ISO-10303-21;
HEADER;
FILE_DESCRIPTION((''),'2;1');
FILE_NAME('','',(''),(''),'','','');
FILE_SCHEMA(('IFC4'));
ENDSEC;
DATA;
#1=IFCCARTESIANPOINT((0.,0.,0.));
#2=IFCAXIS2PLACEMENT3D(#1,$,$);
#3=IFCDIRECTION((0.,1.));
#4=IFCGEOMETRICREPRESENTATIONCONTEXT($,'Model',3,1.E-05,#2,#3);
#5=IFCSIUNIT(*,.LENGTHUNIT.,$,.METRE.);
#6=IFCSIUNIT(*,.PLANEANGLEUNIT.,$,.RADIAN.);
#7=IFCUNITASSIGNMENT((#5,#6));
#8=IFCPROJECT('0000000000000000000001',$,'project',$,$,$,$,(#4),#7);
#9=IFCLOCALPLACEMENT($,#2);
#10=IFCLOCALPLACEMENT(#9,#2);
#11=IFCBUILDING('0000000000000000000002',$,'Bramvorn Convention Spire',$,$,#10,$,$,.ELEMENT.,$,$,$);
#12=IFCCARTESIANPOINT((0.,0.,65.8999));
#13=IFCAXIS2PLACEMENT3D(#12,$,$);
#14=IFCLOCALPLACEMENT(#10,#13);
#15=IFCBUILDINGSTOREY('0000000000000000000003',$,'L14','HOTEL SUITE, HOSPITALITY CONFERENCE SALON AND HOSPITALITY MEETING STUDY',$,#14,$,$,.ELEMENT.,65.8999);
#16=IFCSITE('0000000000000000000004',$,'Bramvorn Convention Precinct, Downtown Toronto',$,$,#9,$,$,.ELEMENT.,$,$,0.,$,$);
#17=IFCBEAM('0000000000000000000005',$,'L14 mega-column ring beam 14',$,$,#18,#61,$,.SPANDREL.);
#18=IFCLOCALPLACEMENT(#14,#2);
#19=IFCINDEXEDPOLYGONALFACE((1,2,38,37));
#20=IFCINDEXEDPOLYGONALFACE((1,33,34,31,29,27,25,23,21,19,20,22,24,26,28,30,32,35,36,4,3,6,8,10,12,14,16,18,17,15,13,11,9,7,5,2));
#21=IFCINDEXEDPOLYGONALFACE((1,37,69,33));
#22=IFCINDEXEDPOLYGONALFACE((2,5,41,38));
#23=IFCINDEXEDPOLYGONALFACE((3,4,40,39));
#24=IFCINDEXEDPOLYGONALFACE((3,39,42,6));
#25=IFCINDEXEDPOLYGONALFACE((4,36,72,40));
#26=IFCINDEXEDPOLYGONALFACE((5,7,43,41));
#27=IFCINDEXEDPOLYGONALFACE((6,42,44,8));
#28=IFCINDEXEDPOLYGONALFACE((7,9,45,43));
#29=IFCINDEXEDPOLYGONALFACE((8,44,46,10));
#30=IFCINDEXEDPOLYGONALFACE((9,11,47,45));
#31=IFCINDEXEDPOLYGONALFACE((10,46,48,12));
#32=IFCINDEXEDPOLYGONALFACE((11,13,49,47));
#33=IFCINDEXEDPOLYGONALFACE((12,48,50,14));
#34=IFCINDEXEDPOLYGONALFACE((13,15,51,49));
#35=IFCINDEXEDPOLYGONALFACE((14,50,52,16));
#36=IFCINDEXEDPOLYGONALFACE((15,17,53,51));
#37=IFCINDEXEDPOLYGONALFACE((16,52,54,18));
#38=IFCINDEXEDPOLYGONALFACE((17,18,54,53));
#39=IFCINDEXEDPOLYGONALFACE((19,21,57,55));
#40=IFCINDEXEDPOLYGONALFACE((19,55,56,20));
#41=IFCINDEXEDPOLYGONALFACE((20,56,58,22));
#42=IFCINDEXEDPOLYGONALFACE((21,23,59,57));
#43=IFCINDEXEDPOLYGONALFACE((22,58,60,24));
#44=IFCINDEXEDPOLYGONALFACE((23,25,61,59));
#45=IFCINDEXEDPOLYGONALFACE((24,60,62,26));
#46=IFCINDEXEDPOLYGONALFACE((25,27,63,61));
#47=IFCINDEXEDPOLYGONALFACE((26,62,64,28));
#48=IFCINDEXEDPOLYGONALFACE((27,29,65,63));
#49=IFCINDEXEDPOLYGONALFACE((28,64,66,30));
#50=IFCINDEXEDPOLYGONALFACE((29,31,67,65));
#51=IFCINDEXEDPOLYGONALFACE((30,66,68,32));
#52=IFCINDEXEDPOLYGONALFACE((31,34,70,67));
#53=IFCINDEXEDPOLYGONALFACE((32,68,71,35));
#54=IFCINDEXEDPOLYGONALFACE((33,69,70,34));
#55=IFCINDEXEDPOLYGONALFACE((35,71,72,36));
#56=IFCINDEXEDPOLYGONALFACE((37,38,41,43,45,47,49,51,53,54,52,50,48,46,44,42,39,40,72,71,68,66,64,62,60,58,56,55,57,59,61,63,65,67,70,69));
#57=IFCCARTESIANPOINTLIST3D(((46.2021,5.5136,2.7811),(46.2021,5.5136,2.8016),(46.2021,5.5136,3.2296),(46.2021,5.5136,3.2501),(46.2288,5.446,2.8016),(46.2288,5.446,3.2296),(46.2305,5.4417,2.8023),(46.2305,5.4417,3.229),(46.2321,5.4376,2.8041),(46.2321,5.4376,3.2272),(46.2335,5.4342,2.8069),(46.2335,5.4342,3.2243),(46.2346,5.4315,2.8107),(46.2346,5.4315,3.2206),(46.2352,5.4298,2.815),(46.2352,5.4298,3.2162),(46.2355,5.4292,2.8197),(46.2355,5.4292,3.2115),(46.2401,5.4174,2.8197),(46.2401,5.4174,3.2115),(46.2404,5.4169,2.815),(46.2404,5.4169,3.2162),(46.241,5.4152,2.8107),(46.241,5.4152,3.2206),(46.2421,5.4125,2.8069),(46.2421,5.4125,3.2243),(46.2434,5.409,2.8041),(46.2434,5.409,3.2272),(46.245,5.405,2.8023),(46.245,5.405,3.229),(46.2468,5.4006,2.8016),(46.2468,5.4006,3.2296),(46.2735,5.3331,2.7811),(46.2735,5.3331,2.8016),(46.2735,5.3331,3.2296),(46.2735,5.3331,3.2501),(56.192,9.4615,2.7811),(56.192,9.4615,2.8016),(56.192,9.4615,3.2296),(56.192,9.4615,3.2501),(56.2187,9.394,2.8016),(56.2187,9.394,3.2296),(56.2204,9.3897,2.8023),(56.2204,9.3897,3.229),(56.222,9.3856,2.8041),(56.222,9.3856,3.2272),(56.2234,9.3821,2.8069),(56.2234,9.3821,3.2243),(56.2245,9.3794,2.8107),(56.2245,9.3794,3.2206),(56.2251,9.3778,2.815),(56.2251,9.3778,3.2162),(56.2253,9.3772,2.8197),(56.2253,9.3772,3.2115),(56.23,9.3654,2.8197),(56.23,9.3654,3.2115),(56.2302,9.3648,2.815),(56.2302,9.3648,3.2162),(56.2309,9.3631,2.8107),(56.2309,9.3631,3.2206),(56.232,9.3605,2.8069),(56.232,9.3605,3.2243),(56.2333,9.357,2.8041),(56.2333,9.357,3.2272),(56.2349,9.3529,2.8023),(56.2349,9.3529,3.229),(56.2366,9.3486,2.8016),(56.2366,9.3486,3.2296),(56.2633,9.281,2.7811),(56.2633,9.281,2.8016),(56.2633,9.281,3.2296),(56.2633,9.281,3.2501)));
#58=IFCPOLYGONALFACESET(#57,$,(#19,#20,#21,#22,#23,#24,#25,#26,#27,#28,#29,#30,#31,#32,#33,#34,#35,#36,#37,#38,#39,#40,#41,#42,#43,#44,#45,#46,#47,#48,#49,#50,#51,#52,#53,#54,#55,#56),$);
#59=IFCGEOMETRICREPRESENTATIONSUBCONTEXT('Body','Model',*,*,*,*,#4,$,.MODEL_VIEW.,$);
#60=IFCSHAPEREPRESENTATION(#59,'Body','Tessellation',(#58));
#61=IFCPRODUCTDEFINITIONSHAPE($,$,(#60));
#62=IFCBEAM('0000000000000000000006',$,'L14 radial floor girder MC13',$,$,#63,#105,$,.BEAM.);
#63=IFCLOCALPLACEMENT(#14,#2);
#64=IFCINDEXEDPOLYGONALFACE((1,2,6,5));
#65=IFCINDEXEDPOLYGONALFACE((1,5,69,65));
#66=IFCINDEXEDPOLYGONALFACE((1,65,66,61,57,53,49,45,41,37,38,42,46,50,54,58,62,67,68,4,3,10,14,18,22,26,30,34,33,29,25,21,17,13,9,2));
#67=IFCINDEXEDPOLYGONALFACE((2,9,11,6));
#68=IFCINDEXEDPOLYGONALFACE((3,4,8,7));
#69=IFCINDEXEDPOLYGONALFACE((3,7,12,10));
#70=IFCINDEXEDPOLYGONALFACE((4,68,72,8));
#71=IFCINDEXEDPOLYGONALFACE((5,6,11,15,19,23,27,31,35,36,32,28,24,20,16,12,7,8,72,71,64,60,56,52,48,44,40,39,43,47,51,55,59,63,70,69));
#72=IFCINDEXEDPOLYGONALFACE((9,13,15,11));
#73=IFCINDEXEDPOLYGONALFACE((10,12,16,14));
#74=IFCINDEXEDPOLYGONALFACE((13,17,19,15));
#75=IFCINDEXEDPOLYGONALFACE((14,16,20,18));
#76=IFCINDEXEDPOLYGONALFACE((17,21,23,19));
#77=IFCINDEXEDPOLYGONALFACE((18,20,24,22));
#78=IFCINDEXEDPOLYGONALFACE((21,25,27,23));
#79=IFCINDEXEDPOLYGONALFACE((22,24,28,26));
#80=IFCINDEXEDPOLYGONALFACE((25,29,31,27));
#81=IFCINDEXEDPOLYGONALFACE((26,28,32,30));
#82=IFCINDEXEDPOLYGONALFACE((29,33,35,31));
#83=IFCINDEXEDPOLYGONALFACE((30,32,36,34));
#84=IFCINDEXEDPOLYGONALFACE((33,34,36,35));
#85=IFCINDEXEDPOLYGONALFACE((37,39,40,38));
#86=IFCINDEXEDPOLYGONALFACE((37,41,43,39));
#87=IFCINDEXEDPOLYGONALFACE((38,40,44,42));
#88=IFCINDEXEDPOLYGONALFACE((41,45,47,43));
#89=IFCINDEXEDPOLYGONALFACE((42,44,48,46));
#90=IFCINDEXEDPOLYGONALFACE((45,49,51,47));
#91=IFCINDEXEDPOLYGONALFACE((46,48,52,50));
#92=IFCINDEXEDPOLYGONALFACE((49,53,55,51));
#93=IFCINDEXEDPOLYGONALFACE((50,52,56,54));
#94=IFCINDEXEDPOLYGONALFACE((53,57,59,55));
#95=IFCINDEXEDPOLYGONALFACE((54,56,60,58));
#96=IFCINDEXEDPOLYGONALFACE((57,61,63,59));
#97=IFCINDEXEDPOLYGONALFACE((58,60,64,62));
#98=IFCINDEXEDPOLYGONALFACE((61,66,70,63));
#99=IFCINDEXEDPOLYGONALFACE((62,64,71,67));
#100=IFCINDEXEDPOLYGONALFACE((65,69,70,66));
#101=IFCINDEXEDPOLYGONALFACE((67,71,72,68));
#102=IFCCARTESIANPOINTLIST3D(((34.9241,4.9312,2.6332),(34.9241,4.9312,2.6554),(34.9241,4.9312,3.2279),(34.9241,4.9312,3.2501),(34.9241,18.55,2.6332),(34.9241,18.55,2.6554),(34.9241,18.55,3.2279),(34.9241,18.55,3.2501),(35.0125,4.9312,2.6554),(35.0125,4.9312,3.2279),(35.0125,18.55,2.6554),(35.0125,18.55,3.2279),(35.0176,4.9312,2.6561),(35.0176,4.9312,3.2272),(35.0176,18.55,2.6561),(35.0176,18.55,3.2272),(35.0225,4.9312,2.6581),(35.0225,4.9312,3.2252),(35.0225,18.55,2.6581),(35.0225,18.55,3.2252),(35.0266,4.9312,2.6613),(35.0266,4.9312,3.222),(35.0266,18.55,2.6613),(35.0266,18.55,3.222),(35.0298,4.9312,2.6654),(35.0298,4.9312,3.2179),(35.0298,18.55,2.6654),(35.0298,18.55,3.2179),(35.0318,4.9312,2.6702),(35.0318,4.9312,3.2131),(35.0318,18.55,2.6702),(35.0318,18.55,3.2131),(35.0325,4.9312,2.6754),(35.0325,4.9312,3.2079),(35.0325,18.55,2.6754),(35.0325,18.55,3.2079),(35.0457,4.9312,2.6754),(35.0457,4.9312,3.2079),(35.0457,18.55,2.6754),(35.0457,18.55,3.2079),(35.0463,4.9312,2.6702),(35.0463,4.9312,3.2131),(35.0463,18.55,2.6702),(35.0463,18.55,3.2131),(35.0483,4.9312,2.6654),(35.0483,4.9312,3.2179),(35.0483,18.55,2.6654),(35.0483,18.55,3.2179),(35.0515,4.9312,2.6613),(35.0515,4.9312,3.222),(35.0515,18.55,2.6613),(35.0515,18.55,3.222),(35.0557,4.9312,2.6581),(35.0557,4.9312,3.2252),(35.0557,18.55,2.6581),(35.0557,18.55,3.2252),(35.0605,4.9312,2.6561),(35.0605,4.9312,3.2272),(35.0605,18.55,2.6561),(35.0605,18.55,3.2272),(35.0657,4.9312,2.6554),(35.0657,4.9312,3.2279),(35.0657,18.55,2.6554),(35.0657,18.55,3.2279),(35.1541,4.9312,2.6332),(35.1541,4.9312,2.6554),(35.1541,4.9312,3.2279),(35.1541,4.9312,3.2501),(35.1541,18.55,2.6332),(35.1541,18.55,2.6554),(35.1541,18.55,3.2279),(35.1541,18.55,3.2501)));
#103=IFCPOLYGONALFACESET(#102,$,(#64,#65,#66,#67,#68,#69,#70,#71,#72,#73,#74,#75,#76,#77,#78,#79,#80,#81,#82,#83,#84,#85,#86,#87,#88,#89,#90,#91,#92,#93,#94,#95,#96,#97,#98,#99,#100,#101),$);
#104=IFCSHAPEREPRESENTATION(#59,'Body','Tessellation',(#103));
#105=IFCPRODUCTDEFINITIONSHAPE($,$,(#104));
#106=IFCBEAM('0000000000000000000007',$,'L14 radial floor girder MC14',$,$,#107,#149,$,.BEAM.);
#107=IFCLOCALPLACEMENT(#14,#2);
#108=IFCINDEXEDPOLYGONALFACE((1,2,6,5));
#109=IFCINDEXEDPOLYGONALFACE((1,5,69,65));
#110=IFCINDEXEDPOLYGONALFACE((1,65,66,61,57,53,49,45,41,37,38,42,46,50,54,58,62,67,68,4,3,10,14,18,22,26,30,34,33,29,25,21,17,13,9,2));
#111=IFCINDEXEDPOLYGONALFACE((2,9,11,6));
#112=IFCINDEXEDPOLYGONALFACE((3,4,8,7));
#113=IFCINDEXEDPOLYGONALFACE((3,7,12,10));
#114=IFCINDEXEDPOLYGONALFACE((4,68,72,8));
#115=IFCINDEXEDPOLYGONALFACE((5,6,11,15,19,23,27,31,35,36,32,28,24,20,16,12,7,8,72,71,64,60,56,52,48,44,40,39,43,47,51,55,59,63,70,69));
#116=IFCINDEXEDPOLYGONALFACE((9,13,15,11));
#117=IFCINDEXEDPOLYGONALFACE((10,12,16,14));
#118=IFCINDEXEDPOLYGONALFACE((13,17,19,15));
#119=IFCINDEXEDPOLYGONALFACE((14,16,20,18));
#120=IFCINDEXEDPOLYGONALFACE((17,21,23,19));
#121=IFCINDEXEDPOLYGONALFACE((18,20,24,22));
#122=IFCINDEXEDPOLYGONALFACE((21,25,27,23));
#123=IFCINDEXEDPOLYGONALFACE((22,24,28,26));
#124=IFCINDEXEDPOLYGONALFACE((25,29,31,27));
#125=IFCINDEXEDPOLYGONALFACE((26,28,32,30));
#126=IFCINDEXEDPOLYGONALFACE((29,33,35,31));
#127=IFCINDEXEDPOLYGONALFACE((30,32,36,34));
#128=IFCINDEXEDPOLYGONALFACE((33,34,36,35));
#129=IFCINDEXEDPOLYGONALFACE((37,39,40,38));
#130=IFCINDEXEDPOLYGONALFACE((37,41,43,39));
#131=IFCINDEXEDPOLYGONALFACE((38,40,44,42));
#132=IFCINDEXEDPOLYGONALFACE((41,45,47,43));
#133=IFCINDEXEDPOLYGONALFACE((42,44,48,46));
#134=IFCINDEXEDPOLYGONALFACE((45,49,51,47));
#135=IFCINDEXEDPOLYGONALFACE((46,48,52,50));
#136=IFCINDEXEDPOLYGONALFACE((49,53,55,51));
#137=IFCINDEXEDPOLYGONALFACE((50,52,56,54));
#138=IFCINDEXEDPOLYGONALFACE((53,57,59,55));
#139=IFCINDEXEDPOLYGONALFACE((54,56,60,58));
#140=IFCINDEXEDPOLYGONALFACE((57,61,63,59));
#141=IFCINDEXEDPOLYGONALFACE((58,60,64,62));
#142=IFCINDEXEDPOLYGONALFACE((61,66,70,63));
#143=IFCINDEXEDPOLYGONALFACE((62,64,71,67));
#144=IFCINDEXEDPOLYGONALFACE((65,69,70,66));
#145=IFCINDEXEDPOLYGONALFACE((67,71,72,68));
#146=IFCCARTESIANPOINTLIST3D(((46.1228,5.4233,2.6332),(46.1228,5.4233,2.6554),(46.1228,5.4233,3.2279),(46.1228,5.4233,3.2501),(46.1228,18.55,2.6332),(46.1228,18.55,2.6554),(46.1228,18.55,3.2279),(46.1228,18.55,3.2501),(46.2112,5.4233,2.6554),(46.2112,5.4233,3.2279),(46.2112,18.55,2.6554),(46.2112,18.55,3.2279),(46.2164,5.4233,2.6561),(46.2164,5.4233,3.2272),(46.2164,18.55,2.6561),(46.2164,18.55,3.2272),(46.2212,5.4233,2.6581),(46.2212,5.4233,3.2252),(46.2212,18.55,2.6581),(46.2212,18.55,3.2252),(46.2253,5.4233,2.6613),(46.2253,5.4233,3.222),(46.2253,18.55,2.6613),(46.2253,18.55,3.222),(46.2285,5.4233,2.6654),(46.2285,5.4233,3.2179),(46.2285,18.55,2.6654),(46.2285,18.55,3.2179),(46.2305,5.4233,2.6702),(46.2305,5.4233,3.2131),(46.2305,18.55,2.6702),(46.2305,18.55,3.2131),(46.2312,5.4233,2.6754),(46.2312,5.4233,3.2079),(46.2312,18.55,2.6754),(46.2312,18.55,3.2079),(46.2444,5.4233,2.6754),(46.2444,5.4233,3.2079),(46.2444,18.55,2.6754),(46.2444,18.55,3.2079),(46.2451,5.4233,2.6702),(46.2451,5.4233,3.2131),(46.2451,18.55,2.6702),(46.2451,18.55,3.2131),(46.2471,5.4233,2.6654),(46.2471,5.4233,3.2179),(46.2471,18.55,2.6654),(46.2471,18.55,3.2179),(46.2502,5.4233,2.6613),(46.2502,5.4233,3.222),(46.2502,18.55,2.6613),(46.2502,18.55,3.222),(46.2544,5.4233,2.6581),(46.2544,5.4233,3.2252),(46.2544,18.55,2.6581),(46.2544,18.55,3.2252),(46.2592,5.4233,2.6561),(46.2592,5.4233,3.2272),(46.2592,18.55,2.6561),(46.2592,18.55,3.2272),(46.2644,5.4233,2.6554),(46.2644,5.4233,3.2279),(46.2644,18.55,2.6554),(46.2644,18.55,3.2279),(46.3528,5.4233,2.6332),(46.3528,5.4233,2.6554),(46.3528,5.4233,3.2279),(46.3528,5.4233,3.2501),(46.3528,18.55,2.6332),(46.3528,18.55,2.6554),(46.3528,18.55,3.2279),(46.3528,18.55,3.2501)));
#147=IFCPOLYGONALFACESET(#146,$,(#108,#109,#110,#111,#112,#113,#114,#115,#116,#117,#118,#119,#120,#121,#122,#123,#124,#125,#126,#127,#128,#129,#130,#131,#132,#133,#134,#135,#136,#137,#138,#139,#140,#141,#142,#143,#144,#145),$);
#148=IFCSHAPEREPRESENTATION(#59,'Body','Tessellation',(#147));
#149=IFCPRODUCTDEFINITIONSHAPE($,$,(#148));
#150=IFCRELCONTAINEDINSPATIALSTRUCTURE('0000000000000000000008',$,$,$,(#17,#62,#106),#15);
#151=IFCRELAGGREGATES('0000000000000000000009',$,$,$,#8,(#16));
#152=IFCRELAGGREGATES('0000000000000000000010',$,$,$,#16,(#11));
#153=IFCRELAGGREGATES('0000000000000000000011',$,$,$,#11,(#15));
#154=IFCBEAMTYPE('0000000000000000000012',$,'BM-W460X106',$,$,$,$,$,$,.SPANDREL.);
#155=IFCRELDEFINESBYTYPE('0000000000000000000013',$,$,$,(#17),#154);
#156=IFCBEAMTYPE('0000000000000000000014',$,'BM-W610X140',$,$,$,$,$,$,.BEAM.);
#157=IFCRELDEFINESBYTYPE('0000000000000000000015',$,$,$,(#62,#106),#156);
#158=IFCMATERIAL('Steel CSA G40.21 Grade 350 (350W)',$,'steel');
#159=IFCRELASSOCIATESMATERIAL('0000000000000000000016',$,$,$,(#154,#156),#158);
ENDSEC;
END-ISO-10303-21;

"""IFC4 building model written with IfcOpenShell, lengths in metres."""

from ifc_helpers import new_model, si_unit, direction, frame, origin, origin_2d, place, context, subcontext, project, spatial, i_section, extrude, material, material_profile, profile_set, type_object, element, save


model = new_model("IFC4")

# Units and contexts
model_context = context("Model", 3, precision=1e-05, world=origin(), true_north=direction((0.0, 1.0)))
body_context = subcontext(model_context, "Body", "Model", "MODEL_VIEW")
ifc_project = project(units=[si_unit("LENGTHUNIT", "METRE"), si_unit("PLANEANGLEUNIT", "RADIAN")], contexts=[model_context])

# Site, building, storey
site_placement = place(None, origin())
site = spatial("IfcSite", under=ifc_project, at=site_placement, Name="Bramvorn Convention Precinct, Downtown Toronto", CompositionType="ELEMENT", RefElevation=0.0)
building_placement = place(site_placement, origin())
building = spatial("IfcBuilding", under=site, at=building_placement, Name="Bramvorn Convention Spire", CompositionType="ELEMENT")
storey_placement = place(building_placement, frame((0.0, 0.0, 65.8999)))
storey = spatial("IfcBuildingStorey", under=building, at=storey_placement, Name="L14", Description="HOTEL SUITE, HOSPITALITY CONFERENCE SALON AND HOSPITALITY MEETING STUDY", CompositionType="ELEMENT", Elevation=65.8999)

# Shared definitions
ifc_material_1 = material(Name="Steel CSA G40.21 Grade 350 (350W)", Category="steel")

# Beams
ifc_material_profile_1 = material_profile(ifc_material_1, i_section(OverallWidth=0.1941, OverallDepth=0.469, WebThickness=0.0127, FlangeThickness=0.0205, FilletRadius=0.0181, at=origin_2d()))
ifc_profile_set_1 = profile_set([ifc_material_profile_1], Name="Steel CSA G40.21 Grade 350 (350W) - W460X106")
beam_type_1 = type_object("IfcBeamType", Name="BM-W460X106", PredefinedType="SPANDREL", material=ifc_profile_set_1)
beam_1_placement = place(storey_placement, frame((46.2378, 5.4233, 3.0156), z_axis=(0.93001, 0.367535, 0.0), x_axis=(-0.367535, 0.93001, 0.0)))
element("IfcBeam", 1, at=beam_1_placement, inside=storey, type_object=beam_type_1, Name="L14 mega-column ring beam 14", PredefinedType="SPANDREL", context=body_context, shape_type="SweptSolid", body=[
    extrude(i_section(OverallWidth=0.1941, OverallDepth=0.469, WebThickness=0.0127, FlangeThickness=0.0205, FilletRadius=0.0181, at=origin_2d()), origin(), (0.0, 0.0, 1.0), 10.7417),
])
ifc_material_profile_2 = material_profile(ifc_material_1, i_section(OverallWidth=0.23, OverallDepth=0.6169, WebThickness=0.0132, FlangeThickness=0.0222, FilletRadius=0.02, at=origin_2d()))
ifc_profile_set_2 = profile_set([ifc_material_profile_2], Name="Steel CSA G40.21 Grade 350 (350W) - W610X140")
beam_type_2 = type_object("IfcBeamType", Name="BM-W610X140", PredefinedType="BEAM", material=ifc_profile_set_2)
beam_2_placement = place(storey_placement, frame((35.0391, 18.55, 2.9417), z_axis=(0.0, -1.0, 0.0), x_axis=(1.0, 0.0, 0.0)))
element("IfcBeam", 2, at=beam_2_placement, inside=storey, type_object=beam_type_2, Name="L14 radial floor girder MC13", PredefinedType="BEAM", context=body_context, shape_type="SweptSolid", body=[
    extrude(i_section(OverallWidth=0.23, OverallDepth=0.6169, WebThickness=0.0132, FlangeThickness=0.0222, FilletRadius=0.02, at=origin_2d()), origin(), (0.0, 0.0, 1.0), 13.6189),
])
beam_3_placement = place(storey_placement, frame((46.2378, 18.55, 2.9417), z_axis=(0.0, -1.0, 0.0), x_axis=(1.0, 0.0, 0.0)))
element("IfcBeam", 3, at=beam_3_placement, inside=storey, type_object=beam_type_2, Name="L14 radial floor girder MC14", PredefinedType="BEAM", context=body_context, shape_type="SweptSolid", body=[
    extrude(i_section(OverallWidth=0.23, OverallDepth=0.6169, WebThickness=0.0132, FlangeThickness=0.0222, FilletRadius=0.02, at=origin_2d()), origin(), (0.0, 0.0, 1.0), 13.1267),
])

save(model, "model.ifc")
